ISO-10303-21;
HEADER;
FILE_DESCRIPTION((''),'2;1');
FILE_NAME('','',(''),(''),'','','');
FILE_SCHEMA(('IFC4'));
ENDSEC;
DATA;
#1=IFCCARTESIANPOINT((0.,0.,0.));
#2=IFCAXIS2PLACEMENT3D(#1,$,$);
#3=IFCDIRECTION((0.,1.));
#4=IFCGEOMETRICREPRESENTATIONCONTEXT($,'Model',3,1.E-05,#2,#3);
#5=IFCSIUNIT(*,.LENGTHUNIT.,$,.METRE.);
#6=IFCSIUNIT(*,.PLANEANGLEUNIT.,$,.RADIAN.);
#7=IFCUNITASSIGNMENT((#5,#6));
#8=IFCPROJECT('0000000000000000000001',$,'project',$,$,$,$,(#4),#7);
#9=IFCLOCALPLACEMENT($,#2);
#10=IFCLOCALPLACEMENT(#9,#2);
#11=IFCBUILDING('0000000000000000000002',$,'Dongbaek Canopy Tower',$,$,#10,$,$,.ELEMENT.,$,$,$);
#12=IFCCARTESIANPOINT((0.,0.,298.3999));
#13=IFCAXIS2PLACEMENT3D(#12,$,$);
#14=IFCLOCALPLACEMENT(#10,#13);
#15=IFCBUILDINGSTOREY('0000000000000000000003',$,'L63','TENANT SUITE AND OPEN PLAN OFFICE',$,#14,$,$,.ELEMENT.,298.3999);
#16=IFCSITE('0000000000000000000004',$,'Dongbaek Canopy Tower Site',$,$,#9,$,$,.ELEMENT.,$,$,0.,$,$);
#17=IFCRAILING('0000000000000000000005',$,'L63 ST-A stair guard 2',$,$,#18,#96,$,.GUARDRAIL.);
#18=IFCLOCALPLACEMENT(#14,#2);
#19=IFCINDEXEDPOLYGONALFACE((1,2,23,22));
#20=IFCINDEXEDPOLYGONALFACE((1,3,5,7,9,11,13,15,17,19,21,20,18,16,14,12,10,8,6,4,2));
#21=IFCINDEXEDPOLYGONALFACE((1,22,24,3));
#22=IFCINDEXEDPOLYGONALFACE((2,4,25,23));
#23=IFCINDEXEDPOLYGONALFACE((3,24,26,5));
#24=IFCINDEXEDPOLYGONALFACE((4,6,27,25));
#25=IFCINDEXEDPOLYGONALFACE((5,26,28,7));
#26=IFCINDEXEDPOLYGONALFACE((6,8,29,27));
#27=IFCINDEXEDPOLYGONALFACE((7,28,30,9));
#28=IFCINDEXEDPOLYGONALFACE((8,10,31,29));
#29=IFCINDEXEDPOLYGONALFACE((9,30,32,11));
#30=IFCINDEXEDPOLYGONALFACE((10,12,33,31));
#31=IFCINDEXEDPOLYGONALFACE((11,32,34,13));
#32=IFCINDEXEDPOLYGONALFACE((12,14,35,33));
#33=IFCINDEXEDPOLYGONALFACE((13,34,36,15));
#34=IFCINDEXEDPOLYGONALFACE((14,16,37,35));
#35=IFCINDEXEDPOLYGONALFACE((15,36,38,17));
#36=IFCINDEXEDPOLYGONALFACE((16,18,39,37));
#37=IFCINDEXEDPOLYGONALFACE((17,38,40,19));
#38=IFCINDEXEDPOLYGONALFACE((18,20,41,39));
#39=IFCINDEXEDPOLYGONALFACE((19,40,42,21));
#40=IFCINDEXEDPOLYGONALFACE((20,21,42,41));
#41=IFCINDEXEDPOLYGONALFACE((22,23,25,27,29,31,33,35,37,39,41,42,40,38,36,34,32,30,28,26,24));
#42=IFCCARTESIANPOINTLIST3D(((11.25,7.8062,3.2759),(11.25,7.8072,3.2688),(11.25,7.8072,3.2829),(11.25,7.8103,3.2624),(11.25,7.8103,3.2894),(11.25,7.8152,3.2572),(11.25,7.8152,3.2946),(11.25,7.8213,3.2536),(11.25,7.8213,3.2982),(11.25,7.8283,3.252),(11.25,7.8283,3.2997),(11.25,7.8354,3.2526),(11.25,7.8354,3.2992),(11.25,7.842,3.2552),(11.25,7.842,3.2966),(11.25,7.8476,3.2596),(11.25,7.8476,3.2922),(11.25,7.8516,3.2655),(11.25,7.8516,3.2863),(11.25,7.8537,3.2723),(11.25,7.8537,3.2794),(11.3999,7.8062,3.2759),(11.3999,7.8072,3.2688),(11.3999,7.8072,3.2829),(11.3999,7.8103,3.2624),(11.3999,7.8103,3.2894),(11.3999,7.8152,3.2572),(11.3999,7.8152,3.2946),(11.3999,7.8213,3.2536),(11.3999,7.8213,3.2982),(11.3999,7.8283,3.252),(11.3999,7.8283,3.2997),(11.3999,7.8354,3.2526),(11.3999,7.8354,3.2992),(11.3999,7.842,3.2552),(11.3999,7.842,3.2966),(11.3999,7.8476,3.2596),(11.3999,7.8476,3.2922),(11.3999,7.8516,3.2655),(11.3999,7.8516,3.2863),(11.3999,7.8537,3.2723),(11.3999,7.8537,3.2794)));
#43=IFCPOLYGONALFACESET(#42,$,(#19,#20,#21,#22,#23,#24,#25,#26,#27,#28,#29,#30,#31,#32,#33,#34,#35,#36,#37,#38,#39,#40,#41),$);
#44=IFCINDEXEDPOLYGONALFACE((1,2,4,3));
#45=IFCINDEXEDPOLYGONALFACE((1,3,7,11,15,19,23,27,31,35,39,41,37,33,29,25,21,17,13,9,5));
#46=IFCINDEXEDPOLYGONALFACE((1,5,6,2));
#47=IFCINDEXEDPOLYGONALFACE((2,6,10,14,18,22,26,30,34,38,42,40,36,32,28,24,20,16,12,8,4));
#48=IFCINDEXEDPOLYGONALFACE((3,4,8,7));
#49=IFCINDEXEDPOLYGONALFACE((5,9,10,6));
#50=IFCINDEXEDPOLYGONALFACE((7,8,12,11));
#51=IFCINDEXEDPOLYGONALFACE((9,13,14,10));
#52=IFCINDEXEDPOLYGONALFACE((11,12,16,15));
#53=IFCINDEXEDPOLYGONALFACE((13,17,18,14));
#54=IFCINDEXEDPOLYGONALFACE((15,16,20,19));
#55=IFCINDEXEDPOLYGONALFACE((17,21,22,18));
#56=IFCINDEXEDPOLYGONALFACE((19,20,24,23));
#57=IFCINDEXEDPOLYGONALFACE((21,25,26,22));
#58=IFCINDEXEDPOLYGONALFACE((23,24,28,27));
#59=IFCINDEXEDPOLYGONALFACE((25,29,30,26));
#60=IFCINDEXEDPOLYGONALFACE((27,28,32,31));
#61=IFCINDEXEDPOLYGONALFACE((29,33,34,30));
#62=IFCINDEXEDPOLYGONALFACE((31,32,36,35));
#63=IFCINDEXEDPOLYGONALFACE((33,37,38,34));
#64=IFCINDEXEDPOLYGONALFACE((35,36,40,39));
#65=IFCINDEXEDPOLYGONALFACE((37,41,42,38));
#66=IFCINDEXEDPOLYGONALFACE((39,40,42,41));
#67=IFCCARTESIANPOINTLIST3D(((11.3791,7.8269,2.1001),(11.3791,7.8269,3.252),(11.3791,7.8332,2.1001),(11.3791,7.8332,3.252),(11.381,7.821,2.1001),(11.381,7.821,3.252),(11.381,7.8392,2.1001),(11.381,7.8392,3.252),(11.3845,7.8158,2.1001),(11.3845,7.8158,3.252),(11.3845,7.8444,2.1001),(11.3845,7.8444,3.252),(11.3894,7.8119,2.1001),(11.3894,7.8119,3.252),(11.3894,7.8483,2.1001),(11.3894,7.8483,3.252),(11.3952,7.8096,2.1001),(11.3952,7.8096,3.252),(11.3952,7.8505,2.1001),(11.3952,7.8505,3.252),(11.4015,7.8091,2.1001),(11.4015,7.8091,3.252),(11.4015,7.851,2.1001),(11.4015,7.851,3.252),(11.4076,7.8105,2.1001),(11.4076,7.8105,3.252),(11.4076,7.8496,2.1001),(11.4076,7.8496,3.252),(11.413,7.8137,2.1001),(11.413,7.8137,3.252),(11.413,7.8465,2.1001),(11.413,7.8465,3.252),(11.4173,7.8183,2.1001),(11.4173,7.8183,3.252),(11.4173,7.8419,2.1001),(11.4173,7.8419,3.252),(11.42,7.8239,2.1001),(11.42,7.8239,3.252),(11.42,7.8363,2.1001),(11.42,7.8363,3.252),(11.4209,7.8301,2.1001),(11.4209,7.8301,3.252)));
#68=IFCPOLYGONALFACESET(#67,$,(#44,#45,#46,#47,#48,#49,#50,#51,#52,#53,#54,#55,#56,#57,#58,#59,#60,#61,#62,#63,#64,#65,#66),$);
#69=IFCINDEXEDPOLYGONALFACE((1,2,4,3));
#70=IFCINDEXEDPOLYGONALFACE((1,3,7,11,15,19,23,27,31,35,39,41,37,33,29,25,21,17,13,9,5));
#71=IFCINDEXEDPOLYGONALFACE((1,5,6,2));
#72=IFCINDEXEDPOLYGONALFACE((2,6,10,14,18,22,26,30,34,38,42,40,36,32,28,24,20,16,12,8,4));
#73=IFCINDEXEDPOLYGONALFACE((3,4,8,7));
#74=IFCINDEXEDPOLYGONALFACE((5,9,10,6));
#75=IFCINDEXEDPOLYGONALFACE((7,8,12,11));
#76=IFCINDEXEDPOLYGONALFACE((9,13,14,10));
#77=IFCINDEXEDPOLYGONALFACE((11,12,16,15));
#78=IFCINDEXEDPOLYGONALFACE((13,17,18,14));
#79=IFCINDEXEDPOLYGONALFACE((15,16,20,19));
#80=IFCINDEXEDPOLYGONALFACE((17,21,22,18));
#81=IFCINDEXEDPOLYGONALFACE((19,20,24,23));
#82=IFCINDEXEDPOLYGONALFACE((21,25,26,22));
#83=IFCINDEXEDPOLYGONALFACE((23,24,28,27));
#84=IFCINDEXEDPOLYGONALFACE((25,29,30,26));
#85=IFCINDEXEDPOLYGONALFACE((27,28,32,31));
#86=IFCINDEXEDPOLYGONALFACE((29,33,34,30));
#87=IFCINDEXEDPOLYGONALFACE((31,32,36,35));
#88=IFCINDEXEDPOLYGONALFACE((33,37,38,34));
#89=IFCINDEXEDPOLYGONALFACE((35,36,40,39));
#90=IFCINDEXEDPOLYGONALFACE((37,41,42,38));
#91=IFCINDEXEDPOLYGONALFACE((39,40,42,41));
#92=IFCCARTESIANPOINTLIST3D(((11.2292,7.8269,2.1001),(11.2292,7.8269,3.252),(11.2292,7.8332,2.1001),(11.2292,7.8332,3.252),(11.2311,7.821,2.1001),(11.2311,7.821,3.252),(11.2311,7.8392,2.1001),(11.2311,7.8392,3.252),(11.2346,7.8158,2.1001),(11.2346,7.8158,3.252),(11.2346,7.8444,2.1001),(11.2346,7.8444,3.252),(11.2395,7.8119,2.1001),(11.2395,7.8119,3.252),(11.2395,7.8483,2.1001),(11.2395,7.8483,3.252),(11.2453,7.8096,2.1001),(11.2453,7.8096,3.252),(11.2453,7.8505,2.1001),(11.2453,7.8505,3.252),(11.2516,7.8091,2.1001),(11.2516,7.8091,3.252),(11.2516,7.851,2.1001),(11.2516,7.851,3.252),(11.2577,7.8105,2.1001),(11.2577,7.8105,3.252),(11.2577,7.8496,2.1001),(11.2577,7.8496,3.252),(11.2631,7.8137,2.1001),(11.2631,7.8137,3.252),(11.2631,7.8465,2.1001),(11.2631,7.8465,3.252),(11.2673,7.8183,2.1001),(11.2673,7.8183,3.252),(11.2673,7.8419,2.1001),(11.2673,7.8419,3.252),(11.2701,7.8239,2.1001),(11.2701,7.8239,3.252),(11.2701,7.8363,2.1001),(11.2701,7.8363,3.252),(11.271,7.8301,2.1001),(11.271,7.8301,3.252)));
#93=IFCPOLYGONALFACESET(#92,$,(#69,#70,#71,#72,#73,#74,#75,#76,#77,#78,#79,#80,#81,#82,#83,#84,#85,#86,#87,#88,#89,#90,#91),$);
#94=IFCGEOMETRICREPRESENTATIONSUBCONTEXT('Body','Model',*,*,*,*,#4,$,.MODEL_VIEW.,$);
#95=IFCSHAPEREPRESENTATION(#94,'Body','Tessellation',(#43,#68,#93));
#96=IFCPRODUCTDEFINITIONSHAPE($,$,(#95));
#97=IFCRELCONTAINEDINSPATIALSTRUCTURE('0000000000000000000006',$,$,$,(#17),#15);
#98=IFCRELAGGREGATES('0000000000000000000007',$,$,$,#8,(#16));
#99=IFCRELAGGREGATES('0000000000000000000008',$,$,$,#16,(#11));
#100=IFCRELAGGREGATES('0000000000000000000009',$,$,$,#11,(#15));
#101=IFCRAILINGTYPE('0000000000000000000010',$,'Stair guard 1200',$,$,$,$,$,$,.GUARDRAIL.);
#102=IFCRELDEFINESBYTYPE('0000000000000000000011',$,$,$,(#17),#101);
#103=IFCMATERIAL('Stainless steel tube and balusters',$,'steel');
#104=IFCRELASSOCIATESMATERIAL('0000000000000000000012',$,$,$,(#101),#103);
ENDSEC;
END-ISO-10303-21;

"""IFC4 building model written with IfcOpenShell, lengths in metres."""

from ifc_helpers import new_model, si_unit, direction, frame, origin, origin_2d, place, context, subcontext, project, spatial, circle, extrude, material, type_object, element, save


model = new_model("IFC4")

# Units and contexts
model_context = context("Model", 3, precision=1e-05, world=origin(), true_north=direction((0.0, 1.0)))
body_context = subcontext(model_context, "Body", "Model", "MODEL_VIEW")
ifc_project = project(units=[si_unit("LENGTHUNIT", "METRE"), si_unit("PLANEANGLEUNIT", "RADIAN")], contexts=[model_context])

# Site, building, storey
site_placement = place(None, origin())
site = spatial("IfcSite", under=ifc_project, at=site_placement, Name="Dongbaek Canopy Tower Site", CompositionType="ELEMENT", RefElevation=0.0)
building_placement = place(site_placement, origin())
building = spatial("IfcBuilding", under=site, at=building_placement, Name="Dongbaek Canopy Tower", CompositionType="ELEMENT")
storey_placement = place(building_placement, frame((0.0, 0.0, 298.3999)))
storey = spatial("IfcBuildingStorey", under=building, at=storey_placement, Name="L63", Description="TENANT SUITE AND OPEN PLAN OFFICE", CompositionType="ELEMENT", Elevation=298.3999)

# Railing
ifc_material_1 = material(Name="Stainless steel tube and balusters", Category="steel")
railing_type_1 = type_object("IfcRailingType", Name="Stair guard 1200", PredefinedType="GUARDRAIL", material=ifc_material_1)
railing_1_placement = place(storey_placement, frame((11.3999, 7.8301, 2.1001)))
element("IfcRailing", 1, at=railing_1_placement, inside=storey, type_object=railing_type_1, Name="L63 ST-A stair guard 2", PredefinedType="GUARDRAIL", context=body_context, shape_type="SweptSolid", body=[
    extrude(circle(Radius=0.0239, at=origin_2d()), frame((0.0, 0.0, 1.1758), z_axis=(-1.0, 0.0, 0.0), x_axis=(0.0, -1.0, 0.0)), (0.0, 0.0, 1.0), 0.1499),
    extrude(circle(Radius=0.021, at=origin_2d()), origin(), (0.0, 0.0, 1.0), 1.1519),
    extrude(circle(Radius=0.021, at=origin_2d()), frame((-0.1499, 0.0, 0.0)), (0.0, 0.0, 1.0), 1.1519),
])

save(model, "model.ifc")
